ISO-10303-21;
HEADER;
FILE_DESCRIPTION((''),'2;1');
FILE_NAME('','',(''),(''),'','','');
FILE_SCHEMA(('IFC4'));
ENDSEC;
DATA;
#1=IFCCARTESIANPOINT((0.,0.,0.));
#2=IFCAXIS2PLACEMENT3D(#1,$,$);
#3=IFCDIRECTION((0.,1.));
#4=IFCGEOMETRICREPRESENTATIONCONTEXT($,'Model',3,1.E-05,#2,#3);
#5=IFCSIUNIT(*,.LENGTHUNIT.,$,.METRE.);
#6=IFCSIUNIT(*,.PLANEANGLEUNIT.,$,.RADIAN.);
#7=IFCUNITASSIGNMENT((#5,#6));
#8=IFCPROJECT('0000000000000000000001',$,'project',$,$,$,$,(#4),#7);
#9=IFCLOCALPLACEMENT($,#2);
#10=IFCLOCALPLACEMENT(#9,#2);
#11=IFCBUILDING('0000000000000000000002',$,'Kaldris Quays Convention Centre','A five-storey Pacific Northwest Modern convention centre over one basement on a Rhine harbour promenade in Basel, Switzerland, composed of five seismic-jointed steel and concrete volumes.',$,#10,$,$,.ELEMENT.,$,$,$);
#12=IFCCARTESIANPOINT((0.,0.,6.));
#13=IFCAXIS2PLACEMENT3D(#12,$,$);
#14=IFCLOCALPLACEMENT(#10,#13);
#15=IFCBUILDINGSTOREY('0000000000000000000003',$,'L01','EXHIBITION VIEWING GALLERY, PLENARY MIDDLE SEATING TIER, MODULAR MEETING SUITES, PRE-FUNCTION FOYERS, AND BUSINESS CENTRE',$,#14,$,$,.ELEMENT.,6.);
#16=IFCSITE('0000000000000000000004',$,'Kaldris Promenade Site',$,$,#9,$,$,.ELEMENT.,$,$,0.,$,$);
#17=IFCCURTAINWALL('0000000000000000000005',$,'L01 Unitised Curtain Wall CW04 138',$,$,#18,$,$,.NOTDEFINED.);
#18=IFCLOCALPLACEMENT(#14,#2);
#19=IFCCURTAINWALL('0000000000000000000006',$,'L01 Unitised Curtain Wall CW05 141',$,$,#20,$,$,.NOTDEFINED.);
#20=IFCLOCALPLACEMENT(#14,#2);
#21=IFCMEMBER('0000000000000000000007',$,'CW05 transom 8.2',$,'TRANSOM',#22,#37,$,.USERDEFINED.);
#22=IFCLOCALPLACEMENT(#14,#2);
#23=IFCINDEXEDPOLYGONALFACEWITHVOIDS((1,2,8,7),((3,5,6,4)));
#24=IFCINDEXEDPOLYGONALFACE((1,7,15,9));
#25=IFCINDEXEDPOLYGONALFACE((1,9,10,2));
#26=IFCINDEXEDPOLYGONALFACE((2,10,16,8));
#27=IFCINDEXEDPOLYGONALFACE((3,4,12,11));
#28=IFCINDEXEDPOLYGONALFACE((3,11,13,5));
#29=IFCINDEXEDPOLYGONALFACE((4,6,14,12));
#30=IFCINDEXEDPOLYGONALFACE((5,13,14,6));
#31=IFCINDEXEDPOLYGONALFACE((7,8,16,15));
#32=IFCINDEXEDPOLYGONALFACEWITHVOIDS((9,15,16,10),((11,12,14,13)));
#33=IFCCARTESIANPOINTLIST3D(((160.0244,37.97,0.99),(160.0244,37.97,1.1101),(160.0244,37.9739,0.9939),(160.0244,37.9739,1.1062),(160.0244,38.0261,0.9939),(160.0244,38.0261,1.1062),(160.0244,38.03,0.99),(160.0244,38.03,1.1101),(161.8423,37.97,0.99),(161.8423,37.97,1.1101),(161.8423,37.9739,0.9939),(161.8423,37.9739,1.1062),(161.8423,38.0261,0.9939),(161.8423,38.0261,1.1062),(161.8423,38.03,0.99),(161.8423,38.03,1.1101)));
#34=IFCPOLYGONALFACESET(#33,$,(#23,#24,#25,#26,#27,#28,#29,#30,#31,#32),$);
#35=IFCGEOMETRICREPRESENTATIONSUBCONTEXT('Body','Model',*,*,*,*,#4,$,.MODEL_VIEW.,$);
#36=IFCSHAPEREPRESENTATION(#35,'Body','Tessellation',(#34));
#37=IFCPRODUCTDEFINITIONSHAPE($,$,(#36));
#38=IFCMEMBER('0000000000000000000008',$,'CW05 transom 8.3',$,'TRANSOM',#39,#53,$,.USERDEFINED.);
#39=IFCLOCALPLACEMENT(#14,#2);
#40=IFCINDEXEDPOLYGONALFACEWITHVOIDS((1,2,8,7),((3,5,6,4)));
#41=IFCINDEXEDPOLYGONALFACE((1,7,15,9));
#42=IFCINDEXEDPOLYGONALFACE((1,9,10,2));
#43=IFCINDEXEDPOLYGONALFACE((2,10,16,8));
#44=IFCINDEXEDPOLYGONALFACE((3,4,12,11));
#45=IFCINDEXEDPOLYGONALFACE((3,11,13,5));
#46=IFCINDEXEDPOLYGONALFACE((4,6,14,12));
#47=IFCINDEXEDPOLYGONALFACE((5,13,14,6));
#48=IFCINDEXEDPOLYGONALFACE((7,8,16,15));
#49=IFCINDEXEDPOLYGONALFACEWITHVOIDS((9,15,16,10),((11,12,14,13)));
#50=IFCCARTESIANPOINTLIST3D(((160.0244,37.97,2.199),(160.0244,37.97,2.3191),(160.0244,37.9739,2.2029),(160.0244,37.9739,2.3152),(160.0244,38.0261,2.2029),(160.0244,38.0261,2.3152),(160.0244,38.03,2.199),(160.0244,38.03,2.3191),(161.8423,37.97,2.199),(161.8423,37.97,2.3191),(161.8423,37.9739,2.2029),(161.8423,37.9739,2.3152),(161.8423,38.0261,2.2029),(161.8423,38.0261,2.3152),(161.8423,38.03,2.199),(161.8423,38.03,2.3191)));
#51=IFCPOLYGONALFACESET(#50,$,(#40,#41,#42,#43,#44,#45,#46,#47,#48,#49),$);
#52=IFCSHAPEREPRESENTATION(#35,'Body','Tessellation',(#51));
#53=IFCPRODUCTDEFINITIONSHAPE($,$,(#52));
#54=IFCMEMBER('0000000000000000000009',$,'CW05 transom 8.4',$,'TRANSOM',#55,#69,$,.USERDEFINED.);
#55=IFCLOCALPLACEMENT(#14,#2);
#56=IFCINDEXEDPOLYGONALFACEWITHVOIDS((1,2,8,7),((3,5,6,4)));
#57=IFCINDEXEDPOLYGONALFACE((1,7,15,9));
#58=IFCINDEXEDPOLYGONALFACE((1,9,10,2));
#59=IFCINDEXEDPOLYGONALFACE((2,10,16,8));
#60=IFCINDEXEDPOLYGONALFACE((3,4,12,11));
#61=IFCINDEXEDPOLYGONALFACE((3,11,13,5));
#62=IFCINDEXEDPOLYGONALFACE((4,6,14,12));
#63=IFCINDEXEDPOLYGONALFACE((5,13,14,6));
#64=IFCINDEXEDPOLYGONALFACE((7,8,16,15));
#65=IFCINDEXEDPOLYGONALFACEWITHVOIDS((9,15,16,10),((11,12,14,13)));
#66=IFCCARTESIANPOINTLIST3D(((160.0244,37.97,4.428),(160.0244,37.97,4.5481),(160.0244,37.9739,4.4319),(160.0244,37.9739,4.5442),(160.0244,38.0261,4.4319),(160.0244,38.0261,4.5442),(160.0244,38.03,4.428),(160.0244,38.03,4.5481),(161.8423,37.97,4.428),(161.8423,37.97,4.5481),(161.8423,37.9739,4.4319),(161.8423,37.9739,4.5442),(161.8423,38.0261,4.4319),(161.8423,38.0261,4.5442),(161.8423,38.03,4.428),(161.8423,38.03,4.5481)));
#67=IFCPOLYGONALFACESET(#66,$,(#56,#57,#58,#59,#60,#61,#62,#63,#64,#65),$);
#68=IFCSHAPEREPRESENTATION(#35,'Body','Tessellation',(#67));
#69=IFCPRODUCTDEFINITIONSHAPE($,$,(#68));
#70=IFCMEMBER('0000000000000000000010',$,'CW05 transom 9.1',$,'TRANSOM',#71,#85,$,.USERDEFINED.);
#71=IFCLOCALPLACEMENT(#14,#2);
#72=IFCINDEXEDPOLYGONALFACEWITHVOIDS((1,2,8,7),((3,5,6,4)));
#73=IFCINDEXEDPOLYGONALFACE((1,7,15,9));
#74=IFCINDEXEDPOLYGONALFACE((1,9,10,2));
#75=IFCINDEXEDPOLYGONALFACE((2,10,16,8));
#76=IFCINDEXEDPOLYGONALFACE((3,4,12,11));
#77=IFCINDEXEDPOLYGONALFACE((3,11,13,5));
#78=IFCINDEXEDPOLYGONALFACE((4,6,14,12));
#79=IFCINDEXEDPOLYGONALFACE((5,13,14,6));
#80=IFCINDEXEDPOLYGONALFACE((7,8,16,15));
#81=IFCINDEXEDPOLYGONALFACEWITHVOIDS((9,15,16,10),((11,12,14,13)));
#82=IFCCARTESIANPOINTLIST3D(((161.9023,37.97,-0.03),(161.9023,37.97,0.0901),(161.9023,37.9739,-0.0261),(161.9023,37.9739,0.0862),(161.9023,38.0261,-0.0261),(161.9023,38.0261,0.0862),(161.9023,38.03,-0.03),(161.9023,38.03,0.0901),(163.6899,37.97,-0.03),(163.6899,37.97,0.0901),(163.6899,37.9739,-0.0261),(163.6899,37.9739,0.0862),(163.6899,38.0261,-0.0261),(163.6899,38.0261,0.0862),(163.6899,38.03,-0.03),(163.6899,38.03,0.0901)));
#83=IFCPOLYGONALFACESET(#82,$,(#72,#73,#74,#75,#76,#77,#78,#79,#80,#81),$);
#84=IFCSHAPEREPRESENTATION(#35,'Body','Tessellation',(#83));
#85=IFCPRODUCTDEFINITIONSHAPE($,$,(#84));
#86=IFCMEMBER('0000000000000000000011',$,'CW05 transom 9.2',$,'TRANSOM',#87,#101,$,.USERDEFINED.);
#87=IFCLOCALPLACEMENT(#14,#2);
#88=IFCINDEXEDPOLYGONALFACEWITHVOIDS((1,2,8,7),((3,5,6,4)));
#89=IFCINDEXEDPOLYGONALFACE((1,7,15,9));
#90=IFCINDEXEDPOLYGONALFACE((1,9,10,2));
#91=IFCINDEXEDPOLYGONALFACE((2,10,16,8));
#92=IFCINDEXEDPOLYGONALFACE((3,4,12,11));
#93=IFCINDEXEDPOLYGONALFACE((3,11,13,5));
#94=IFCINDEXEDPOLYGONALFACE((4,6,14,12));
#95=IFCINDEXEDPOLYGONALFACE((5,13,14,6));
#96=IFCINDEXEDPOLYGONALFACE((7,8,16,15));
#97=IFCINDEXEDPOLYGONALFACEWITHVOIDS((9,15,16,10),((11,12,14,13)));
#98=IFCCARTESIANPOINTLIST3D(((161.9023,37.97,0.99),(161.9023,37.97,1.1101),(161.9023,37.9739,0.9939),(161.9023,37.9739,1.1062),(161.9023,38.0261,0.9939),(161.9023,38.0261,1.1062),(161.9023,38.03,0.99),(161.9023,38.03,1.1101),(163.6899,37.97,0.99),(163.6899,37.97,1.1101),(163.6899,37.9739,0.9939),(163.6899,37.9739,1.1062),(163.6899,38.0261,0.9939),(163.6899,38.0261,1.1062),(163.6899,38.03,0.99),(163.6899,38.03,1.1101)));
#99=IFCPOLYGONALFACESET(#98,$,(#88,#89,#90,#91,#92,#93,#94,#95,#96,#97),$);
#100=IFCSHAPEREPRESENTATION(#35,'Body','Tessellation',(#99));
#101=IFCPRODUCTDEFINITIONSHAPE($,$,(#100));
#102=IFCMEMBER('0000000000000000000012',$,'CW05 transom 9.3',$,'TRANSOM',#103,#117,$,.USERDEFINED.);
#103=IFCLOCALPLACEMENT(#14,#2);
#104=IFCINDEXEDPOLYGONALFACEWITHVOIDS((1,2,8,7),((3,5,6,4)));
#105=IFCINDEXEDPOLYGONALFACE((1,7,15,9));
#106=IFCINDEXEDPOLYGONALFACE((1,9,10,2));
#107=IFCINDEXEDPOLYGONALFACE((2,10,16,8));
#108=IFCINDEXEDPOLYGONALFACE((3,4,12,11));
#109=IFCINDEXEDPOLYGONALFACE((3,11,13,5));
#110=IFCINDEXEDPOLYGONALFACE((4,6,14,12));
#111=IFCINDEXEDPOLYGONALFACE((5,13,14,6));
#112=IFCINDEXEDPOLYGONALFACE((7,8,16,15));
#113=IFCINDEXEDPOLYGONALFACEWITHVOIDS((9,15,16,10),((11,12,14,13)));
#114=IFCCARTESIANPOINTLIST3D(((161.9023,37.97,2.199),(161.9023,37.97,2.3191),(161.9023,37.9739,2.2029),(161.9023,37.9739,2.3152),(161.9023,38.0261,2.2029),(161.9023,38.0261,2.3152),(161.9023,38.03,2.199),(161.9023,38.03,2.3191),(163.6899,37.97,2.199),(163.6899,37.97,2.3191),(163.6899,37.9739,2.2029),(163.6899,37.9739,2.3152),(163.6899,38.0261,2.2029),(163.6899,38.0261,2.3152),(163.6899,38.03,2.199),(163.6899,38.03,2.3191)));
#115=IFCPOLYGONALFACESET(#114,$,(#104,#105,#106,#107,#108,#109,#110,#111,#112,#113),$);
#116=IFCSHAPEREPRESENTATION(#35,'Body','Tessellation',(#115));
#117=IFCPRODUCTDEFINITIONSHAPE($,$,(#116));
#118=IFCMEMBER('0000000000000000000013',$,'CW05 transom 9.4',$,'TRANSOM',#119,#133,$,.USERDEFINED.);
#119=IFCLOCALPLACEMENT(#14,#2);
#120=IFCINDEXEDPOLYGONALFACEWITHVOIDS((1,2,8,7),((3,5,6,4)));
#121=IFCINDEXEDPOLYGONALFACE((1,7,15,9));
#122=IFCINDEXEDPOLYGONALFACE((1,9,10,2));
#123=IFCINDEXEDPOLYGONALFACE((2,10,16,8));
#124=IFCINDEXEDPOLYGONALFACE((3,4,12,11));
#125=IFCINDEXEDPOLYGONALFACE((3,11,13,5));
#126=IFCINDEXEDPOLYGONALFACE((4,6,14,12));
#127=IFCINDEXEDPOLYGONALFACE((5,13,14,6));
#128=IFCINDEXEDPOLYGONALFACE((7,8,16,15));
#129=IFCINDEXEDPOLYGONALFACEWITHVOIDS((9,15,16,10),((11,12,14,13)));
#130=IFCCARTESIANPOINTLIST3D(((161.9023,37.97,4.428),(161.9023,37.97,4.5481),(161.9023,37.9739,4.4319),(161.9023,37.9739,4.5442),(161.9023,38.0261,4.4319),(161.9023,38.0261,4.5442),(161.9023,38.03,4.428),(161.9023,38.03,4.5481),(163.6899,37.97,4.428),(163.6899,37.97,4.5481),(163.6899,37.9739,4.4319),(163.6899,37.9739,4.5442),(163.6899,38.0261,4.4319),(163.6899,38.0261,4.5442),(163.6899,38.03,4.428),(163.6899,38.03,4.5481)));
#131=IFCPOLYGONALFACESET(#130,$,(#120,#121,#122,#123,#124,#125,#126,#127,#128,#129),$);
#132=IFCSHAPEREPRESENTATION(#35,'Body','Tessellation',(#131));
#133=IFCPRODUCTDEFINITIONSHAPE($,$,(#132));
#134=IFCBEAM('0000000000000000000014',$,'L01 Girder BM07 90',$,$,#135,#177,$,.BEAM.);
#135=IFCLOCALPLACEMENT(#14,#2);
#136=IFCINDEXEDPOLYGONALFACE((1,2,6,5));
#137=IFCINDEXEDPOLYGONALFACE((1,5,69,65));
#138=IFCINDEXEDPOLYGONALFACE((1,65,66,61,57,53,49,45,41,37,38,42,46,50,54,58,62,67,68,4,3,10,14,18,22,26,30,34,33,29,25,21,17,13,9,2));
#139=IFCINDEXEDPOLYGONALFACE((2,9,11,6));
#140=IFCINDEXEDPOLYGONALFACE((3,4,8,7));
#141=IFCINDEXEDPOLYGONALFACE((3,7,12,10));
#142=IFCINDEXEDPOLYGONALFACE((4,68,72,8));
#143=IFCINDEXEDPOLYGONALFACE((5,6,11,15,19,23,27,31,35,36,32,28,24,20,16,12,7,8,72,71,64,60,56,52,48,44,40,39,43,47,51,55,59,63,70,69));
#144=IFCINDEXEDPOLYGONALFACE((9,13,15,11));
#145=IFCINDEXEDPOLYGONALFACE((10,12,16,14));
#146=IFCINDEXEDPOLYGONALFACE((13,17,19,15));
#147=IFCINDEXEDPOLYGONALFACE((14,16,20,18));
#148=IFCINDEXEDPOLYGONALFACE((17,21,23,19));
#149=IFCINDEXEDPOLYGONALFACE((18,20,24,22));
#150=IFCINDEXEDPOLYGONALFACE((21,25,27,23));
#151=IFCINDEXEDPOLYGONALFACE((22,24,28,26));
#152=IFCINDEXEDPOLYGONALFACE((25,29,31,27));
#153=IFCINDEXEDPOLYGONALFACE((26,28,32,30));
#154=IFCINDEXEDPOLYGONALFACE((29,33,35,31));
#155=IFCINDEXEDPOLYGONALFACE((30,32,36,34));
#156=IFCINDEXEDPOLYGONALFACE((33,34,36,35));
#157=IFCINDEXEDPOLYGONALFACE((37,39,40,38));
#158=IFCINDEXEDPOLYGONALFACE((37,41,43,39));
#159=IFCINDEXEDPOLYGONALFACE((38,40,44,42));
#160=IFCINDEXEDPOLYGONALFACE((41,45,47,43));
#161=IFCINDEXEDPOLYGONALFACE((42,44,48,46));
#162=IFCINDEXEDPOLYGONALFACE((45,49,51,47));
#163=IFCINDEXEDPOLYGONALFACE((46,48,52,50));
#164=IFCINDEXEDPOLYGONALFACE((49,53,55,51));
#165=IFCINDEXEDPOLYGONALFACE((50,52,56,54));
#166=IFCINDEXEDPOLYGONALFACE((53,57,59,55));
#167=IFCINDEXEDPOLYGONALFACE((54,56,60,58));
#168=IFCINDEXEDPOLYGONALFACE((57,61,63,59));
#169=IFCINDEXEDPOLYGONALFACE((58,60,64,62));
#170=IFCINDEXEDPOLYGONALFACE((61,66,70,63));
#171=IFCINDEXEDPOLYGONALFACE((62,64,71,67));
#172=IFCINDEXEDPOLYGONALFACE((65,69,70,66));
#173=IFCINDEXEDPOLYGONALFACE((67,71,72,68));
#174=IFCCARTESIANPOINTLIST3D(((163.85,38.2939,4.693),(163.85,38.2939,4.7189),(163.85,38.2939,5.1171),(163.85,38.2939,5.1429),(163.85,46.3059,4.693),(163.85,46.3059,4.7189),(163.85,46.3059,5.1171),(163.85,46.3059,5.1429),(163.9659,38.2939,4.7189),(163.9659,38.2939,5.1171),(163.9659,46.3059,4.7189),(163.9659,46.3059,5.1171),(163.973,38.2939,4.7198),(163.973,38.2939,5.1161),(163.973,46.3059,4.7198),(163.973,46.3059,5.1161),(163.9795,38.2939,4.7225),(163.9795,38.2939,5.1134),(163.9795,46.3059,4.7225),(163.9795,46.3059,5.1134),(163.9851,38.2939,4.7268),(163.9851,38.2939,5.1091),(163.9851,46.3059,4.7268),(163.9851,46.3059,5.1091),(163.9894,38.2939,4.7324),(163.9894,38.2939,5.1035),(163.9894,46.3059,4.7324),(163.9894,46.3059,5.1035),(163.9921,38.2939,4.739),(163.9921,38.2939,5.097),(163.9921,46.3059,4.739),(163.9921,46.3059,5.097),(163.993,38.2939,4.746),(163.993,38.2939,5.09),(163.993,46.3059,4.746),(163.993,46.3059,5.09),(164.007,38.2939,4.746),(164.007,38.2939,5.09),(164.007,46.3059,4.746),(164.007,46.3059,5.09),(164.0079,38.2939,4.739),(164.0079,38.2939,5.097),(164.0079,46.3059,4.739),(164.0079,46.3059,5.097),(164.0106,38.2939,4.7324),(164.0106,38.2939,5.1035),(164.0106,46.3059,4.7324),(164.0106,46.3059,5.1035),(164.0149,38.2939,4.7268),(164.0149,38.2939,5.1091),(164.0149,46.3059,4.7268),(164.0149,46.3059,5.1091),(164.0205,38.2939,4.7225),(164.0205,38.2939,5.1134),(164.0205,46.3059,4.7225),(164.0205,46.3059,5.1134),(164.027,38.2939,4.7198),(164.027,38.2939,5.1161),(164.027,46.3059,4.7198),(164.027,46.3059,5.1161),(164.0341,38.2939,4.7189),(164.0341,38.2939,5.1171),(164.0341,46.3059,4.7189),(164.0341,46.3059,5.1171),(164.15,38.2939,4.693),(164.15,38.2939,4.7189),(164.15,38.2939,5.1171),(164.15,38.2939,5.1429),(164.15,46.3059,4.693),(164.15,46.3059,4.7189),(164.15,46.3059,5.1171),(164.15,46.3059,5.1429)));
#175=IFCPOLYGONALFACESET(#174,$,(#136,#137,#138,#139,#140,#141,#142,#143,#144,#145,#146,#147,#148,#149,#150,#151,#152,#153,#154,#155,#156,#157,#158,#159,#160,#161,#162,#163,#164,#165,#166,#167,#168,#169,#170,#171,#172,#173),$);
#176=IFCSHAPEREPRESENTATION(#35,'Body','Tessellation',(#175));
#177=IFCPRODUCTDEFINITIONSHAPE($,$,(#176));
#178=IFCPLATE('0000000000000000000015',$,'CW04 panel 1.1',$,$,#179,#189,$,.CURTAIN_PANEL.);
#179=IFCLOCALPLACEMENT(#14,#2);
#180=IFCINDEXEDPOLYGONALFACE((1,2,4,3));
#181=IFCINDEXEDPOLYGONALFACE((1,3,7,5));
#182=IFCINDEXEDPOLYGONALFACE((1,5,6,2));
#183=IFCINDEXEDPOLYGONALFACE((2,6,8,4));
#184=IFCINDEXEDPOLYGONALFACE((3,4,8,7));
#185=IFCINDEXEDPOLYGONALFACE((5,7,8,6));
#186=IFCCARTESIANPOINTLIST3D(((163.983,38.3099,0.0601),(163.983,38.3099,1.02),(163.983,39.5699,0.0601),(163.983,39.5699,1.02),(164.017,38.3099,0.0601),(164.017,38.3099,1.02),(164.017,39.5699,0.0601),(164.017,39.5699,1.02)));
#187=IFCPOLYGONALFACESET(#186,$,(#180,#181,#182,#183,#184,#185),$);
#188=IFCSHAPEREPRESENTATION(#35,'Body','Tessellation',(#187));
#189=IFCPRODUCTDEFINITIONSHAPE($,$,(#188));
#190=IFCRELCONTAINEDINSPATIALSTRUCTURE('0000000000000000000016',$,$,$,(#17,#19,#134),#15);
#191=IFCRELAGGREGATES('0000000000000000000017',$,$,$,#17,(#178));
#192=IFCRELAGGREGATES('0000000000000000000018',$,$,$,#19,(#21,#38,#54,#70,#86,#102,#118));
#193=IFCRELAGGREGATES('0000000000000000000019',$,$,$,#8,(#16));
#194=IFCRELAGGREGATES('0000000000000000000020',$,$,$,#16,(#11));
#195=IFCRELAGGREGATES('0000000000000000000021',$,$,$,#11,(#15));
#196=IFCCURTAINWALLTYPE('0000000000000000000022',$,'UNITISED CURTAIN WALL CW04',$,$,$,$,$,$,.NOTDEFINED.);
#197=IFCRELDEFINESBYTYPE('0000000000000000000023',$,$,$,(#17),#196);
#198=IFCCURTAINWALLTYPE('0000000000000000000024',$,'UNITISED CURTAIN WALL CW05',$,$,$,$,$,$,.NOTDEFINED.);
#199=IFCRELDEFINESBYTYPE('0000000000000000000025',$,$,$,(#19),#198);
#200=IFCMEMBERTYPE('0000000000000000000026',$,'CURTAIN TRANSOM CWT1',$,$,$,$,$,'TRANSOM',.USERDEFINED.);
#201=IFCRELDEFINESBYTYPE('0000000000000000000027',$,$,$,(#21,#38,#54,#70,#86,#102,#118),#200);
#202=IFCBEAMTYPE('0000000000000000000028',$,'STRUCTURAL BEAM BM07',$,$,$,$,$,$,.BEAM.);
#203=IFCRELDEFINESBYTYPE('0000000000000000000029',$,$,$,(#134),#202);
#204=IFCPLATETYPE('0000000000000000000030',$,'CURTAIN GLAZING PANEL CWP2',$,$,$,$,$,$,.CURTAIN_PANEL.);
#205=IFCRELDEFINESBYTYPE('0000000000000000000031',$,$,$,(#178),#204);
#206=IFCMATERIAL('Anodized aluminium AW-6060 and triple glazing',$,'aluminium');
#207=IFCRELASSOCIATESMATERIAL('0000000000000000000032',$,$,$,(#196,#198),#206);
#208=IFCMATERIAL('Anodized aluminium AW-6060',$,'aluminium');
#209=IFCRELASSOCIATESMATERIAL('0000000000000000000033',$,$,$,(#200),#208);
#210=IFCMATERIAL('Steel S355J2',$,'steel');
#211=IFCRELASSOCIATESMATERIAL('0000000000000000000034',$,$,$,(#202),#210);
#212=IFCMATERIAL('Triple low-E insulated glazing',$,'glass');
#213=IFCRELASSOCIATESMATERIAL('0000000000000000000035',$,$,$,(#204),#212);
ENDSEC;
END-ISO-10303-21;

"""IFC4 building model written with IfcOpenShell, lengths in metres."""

from ifc_helpers import new_model, si_unit, direction, frame, origin, origin_2d, place, context, subcontext, project, spatial, rectangle, hollow_rectangle, i_section, extrude, material, material_profile, profile_set, type_object, element, aggregate, save


model = new_model("IFC4")

# Units and contexts
model_context = context("Model", 3, precision=1e-05, world=origin(), true_north=direction((0.0, 1.0)))
body_context = subcontext(model_context, "Body", "Model", "MODEL_VIEW")
ifc_project = project(units=[si_unit("LENGTHUNIT", "METRE"), si_unit("PLANEANGLEUNIT", "RADIAN")], contexts=[model_context])

# Site, building, storey
site_placement = place(None, origin())
site = spatial("IfcSite", under=ifc_project, at=site_placement, Name="Kaldris Promenade Site", CompositionType="ELEMENT", RefElevation=0.0)
building_placement = place(site_placement, origin())
building = spatial("IfcBuilding", under=site, at=building_placement, Name="Kaldris Quays Convention Centre", Description="A five-storey Pacific Northwest Modern convention centre over one basement on a Rhine harbour promenade in Basel, Switzerland, composed of five seismic-jointed steel and concrete volumes.", CompositionType="ELEMENT")
storey_placement = place(building_placement, frame((0.0, 0.0, 6.0)))
storey = spatial("IfcBuildingStorey", under=building, at=storey_placement, Name="L01", Description="EXHIBITION VIEWING GALLERY, PLENARY MIDDLE SEATING TIER, MODULAR MEETING SUITES, PRE-FUNCTION FOYERS, AND BUSINESS CENTRE", CompositionType="ELEMENT", Elevation=6.0)

# Shared definitions
ifc_material_1 = material(Name="Steel S355J2", Category="steel")

# Curtain wall
ifc_material_2 = material(Name="Anodized aluminium AW-6060 and triple glazing", Category="aluminium")
curtain_wall_type_1 = type_object("IfcCurtainWallType", Name="UNITISED CURTAIN WALL CW04", PredefinedType="NOTDEFINED", material=ifc_material_2)
curtain_wall_1_placement = place(storey_placement, origin())
curtain_wall_1 = element("IfcCurtainWall", 1, at=curtain_wall_1_placement, inside=storey, type_object=curtain_wall_type_1, Name="L01 Unitised Curtain Wall CW04 138", PredefinedType="NOTDEFINED")
ifc_material_3 = material(Name="Anodized aluminium AW-6060", Category="aluminium")

# Curtain wall
curtain_wall_type_2 = type_object("IfcCurtainWallType", Name="UNITISED CURTAIN WALL CW05", PredefinedType="NOTDEFINED", material=ifc_material_2)
curtain_wall_2_placement = place(storey_placement, origin())
curtain_wall_2 = element("IfcCurtainWall", 2, at=curtain_wall_2_placement, inside=storey, type_object=curtain_wall_type_2, Name="L01 Unitised Curtain Wall CW05 141", PredefinedType="NOTDEFINED")

# Members
ifc_material_profile_1 = material_profile(ifc_material_3, hollow_rectangle(XDim=0.0601, YDim=0.1201, WallThickness=0.0039, at=origin_2d()), Name="RHS 120x60x4")
ifc_profile_set_1 = profile_set([ifc_material_profile_1], Name="Anodized aluminium AW-6060")
member_type_1 = type_object("IfcMemberType", Name="CURTAIN TRANSOM CWT1", ElementType="TRANSOM", PredefinedType="USERDEFINED", material=ifc_profile_set_1)
member_1_placement = place(storey_placement, frame((160.0244, 38.0, 1.05), z_axis=(1.0, 0.0, 0.0), x_axis=(0.0, 1.0, 0.0)))
member_1 = element("IfcMember", 3, at=member_1_placement, type_object=member_type_1, Name="CW05 transom 8.2", ObjectType="TRANSOM", PredefinedType="USERDEFINED", context=body_context, shape_type="SweptSolid", body=[
    extrude(hollow_rectangle(XDim=0.0601, YDim=0.1201, WallThickness=0.0039, at=origin_2d()), origin(), (0.0, 0.0, 1.0), 1.8179),
])
member_2_placement = place(storey_placement, frame((160.0244, 38.0, 2.259), z_axis=(1.0, 0.0, 0.0), x_axis=(0.0, 1.0, 0.0)))
member_2 = element("IfcMember", 4, at=member_2_placement, type_object=member_type_1, Name="CW05 transom 8.3", ObjectType="TRANSOM", PredefinedType="USERDEFINED", context=body_context, shape_type="SweptSolid", body=[
    extrude(hollow_rectangle(XDim=0.0601, YDim=0.1201, WallThickness=0.0039, at=origin_2d()), origin(), (0.0, 0.0, 1.0), 1.8179),
])
member_3_placement = place(storey_placement, frame((160.0244, 38.0, 4.488), z_axis=(1.0, 0.0, 0.0), x_axis=(0.0, 1.0, 0.0)))
member_3 = element("IfcMember", 5, at=member_3_placement, type_object=member_type_1, Name="CW05 transom 8.4", ObjectType="TRANSOM", PredefinedType="USERDEFINED", context=body_context, shape_type="SweptSolid", body=[
    extrude(hollow_rectangle(XDim=0.0601, YDim=0.1201, WallThickness=0.0039, at=origin_2d()), origin(), (0.0, 0.0, 1.0), 1.8179),
])
member_4_placement = place(storey_placement, frame((161.9023, 38.0, 0.03), z_axis=(1.0, 0.0, 0.0), x_axis=(0.0, 1.0, 0.0)))
member_4 = element("IfcMember", 6, at=member_4_placement, type_object=member_type_1, Name="CW05 transom 9.1", ObjectType="TRANSOM", PredefinedType="USERDEFINED", context=body_context, shape_type="SweptSolid", body=[
    extrude(hollow_rectangle(XDim=0.0601, YDim=0.1201, WallThickness=0.0039, at=origin_2d()), origin(), (0.0, 0.0, 1.0), 1.7876),
])
member_5_placement = place(storey_placement, frame((161.9023, 38.0, 1.05), z_axis=(1.0, 0.0, 0.0), x_axis=(0.0, 1.0, 0.0)))
member_5 = element("IfcMember", 7, at=member_5_placement, type_object=member_type_1, Name="CW05 transom 9.2", ObjectType="TRANSOM", PredefinedType="USERDEFINED", context=body_context, shape_type="SweptSolid", body=[
    extrude(hollow_rectangle(XDim=0.0601, YDim=0.1201, WallThickness=0.0039, at=origin_2d()), origin(), (0.0, 0.0, 1.0), 1.7876),
])
member_6_placement = place(storey_placement, frame((161.9023, 38.0, 2.259), z_axis=(1.0, 0.0, 0.0), x_axis=(0.0, 1.0, 0.0)))
member_6 = element("IfcMember", 8, at=member_6_placement, type_object=member_type_1, Name="CW05 transom 9.3", ObjectType="TRANSOM", PredefinedType="USERDEFINED", context=body_context, shape_type="SweptSolid", body=[
    extrude(hollow_rectangle(XDim=0.0601, YDim=0.1201, WallThickness=0.0039, at=origin_2d()), origin(), (0.0, 0.0, 1.0), 1.7876),
])
member_7_placement = place(storey_placement, frame((161.9023, 38.0, 4.488), z_axis=(1.0, 0.0, 0.0), x_axis=(0.0, 1.0, 0.0)))
member_7 = element("IfcMember", 9, at=member_7_placement, type_object=member_type_1, Name="CW05 transom 9.4", ObjectType="TRANSOM", PredefinedType="USERDEFINED", context=body_context, shape_type="SweptSolid", body=[
    extrude(hollow_rectangle(XDim=0.0601, YDim=0.1201, WallThickness=0.0039, at=origin_2d()), origin(), (0.0, 0.0, 1.0), 1.7876),
])

# Beam
ifc_material_profile_2 = material_profile(ifc_material_1, i_section(OverallWidth=0.3, OverallDepth=0.45, WebThickness=0.0139, FlangeThickness=0.0259, FilletRadius=0.0271, at=origin_2d()), Name="HEB 450")
ifc_profile_set_2 = profile_set([ifc_material_profile_2], Name="Steel S355J2")
beam_type = type_object("IfcBeamType", Name="STRUCTURAL BEAM BM07", PredefinedType="BEAM", material=ifc_profile_set_2)
beam_placement = place(storey_placement, frame((164.0, 38.2939, 4.918), z_axis=(0.0, 1.0, 0.0), x_axis=(-1.0, 0.0, 0.0)))
element("IfcBeam", 10, at=beam_placement, inside=storey, type_object=beam_type, Name="L01 Girder BM07 90", PredefinedType="BEAM", context=body_context, shape_type="SweptSolid", body=[
    extrude(i_section(OverallWidth=0.3, OverallDepth=0.45, WebThickness=0.0139, FlangeThickness=0.0259, FilletRadius=0.0271, at=origin_2d()), origin(), (0.0, 0.0, 1.0), 8.012),
])

# Plate
ifc_material_4 = material(Name="Triple low-E insulated glazing", Category="glass")
plate_type_1 = type_object("IfcPlateType", Name="CURTAIN GLAZING PANEL CWP2", PredefinedType="CURTAIN_PANEL", material=ifc_material_4)
plate_1_placement = place(storey_placement, frame((164.0, 38.9399, 0.0601), z_axis=(0.0, 0.0, 1.0), x_axis=(0.0, 1.0, 0.0)))
plate_1 = element("IfcPlate", 11, at=plate_1_placement, type_object=plate_type_1, Name="CW04 panel 1.1", PredefinedType="CURTAIN_PANEL", context=body_context, shape_type="SweptSolid", body=[
    extrude(rectangle(XDim=1.26, YDim=0.0339, at=origin_2d()), origin(), (0.0, 0.0, 1.0), 0.96),
])
aggregate(curtain_wall_1, [plate_1])
aggregate(curtain_wall_2, [member_1, member_2, member_3, member_4, member_5, member_6, member_7])

save(model, "model.ifc")
